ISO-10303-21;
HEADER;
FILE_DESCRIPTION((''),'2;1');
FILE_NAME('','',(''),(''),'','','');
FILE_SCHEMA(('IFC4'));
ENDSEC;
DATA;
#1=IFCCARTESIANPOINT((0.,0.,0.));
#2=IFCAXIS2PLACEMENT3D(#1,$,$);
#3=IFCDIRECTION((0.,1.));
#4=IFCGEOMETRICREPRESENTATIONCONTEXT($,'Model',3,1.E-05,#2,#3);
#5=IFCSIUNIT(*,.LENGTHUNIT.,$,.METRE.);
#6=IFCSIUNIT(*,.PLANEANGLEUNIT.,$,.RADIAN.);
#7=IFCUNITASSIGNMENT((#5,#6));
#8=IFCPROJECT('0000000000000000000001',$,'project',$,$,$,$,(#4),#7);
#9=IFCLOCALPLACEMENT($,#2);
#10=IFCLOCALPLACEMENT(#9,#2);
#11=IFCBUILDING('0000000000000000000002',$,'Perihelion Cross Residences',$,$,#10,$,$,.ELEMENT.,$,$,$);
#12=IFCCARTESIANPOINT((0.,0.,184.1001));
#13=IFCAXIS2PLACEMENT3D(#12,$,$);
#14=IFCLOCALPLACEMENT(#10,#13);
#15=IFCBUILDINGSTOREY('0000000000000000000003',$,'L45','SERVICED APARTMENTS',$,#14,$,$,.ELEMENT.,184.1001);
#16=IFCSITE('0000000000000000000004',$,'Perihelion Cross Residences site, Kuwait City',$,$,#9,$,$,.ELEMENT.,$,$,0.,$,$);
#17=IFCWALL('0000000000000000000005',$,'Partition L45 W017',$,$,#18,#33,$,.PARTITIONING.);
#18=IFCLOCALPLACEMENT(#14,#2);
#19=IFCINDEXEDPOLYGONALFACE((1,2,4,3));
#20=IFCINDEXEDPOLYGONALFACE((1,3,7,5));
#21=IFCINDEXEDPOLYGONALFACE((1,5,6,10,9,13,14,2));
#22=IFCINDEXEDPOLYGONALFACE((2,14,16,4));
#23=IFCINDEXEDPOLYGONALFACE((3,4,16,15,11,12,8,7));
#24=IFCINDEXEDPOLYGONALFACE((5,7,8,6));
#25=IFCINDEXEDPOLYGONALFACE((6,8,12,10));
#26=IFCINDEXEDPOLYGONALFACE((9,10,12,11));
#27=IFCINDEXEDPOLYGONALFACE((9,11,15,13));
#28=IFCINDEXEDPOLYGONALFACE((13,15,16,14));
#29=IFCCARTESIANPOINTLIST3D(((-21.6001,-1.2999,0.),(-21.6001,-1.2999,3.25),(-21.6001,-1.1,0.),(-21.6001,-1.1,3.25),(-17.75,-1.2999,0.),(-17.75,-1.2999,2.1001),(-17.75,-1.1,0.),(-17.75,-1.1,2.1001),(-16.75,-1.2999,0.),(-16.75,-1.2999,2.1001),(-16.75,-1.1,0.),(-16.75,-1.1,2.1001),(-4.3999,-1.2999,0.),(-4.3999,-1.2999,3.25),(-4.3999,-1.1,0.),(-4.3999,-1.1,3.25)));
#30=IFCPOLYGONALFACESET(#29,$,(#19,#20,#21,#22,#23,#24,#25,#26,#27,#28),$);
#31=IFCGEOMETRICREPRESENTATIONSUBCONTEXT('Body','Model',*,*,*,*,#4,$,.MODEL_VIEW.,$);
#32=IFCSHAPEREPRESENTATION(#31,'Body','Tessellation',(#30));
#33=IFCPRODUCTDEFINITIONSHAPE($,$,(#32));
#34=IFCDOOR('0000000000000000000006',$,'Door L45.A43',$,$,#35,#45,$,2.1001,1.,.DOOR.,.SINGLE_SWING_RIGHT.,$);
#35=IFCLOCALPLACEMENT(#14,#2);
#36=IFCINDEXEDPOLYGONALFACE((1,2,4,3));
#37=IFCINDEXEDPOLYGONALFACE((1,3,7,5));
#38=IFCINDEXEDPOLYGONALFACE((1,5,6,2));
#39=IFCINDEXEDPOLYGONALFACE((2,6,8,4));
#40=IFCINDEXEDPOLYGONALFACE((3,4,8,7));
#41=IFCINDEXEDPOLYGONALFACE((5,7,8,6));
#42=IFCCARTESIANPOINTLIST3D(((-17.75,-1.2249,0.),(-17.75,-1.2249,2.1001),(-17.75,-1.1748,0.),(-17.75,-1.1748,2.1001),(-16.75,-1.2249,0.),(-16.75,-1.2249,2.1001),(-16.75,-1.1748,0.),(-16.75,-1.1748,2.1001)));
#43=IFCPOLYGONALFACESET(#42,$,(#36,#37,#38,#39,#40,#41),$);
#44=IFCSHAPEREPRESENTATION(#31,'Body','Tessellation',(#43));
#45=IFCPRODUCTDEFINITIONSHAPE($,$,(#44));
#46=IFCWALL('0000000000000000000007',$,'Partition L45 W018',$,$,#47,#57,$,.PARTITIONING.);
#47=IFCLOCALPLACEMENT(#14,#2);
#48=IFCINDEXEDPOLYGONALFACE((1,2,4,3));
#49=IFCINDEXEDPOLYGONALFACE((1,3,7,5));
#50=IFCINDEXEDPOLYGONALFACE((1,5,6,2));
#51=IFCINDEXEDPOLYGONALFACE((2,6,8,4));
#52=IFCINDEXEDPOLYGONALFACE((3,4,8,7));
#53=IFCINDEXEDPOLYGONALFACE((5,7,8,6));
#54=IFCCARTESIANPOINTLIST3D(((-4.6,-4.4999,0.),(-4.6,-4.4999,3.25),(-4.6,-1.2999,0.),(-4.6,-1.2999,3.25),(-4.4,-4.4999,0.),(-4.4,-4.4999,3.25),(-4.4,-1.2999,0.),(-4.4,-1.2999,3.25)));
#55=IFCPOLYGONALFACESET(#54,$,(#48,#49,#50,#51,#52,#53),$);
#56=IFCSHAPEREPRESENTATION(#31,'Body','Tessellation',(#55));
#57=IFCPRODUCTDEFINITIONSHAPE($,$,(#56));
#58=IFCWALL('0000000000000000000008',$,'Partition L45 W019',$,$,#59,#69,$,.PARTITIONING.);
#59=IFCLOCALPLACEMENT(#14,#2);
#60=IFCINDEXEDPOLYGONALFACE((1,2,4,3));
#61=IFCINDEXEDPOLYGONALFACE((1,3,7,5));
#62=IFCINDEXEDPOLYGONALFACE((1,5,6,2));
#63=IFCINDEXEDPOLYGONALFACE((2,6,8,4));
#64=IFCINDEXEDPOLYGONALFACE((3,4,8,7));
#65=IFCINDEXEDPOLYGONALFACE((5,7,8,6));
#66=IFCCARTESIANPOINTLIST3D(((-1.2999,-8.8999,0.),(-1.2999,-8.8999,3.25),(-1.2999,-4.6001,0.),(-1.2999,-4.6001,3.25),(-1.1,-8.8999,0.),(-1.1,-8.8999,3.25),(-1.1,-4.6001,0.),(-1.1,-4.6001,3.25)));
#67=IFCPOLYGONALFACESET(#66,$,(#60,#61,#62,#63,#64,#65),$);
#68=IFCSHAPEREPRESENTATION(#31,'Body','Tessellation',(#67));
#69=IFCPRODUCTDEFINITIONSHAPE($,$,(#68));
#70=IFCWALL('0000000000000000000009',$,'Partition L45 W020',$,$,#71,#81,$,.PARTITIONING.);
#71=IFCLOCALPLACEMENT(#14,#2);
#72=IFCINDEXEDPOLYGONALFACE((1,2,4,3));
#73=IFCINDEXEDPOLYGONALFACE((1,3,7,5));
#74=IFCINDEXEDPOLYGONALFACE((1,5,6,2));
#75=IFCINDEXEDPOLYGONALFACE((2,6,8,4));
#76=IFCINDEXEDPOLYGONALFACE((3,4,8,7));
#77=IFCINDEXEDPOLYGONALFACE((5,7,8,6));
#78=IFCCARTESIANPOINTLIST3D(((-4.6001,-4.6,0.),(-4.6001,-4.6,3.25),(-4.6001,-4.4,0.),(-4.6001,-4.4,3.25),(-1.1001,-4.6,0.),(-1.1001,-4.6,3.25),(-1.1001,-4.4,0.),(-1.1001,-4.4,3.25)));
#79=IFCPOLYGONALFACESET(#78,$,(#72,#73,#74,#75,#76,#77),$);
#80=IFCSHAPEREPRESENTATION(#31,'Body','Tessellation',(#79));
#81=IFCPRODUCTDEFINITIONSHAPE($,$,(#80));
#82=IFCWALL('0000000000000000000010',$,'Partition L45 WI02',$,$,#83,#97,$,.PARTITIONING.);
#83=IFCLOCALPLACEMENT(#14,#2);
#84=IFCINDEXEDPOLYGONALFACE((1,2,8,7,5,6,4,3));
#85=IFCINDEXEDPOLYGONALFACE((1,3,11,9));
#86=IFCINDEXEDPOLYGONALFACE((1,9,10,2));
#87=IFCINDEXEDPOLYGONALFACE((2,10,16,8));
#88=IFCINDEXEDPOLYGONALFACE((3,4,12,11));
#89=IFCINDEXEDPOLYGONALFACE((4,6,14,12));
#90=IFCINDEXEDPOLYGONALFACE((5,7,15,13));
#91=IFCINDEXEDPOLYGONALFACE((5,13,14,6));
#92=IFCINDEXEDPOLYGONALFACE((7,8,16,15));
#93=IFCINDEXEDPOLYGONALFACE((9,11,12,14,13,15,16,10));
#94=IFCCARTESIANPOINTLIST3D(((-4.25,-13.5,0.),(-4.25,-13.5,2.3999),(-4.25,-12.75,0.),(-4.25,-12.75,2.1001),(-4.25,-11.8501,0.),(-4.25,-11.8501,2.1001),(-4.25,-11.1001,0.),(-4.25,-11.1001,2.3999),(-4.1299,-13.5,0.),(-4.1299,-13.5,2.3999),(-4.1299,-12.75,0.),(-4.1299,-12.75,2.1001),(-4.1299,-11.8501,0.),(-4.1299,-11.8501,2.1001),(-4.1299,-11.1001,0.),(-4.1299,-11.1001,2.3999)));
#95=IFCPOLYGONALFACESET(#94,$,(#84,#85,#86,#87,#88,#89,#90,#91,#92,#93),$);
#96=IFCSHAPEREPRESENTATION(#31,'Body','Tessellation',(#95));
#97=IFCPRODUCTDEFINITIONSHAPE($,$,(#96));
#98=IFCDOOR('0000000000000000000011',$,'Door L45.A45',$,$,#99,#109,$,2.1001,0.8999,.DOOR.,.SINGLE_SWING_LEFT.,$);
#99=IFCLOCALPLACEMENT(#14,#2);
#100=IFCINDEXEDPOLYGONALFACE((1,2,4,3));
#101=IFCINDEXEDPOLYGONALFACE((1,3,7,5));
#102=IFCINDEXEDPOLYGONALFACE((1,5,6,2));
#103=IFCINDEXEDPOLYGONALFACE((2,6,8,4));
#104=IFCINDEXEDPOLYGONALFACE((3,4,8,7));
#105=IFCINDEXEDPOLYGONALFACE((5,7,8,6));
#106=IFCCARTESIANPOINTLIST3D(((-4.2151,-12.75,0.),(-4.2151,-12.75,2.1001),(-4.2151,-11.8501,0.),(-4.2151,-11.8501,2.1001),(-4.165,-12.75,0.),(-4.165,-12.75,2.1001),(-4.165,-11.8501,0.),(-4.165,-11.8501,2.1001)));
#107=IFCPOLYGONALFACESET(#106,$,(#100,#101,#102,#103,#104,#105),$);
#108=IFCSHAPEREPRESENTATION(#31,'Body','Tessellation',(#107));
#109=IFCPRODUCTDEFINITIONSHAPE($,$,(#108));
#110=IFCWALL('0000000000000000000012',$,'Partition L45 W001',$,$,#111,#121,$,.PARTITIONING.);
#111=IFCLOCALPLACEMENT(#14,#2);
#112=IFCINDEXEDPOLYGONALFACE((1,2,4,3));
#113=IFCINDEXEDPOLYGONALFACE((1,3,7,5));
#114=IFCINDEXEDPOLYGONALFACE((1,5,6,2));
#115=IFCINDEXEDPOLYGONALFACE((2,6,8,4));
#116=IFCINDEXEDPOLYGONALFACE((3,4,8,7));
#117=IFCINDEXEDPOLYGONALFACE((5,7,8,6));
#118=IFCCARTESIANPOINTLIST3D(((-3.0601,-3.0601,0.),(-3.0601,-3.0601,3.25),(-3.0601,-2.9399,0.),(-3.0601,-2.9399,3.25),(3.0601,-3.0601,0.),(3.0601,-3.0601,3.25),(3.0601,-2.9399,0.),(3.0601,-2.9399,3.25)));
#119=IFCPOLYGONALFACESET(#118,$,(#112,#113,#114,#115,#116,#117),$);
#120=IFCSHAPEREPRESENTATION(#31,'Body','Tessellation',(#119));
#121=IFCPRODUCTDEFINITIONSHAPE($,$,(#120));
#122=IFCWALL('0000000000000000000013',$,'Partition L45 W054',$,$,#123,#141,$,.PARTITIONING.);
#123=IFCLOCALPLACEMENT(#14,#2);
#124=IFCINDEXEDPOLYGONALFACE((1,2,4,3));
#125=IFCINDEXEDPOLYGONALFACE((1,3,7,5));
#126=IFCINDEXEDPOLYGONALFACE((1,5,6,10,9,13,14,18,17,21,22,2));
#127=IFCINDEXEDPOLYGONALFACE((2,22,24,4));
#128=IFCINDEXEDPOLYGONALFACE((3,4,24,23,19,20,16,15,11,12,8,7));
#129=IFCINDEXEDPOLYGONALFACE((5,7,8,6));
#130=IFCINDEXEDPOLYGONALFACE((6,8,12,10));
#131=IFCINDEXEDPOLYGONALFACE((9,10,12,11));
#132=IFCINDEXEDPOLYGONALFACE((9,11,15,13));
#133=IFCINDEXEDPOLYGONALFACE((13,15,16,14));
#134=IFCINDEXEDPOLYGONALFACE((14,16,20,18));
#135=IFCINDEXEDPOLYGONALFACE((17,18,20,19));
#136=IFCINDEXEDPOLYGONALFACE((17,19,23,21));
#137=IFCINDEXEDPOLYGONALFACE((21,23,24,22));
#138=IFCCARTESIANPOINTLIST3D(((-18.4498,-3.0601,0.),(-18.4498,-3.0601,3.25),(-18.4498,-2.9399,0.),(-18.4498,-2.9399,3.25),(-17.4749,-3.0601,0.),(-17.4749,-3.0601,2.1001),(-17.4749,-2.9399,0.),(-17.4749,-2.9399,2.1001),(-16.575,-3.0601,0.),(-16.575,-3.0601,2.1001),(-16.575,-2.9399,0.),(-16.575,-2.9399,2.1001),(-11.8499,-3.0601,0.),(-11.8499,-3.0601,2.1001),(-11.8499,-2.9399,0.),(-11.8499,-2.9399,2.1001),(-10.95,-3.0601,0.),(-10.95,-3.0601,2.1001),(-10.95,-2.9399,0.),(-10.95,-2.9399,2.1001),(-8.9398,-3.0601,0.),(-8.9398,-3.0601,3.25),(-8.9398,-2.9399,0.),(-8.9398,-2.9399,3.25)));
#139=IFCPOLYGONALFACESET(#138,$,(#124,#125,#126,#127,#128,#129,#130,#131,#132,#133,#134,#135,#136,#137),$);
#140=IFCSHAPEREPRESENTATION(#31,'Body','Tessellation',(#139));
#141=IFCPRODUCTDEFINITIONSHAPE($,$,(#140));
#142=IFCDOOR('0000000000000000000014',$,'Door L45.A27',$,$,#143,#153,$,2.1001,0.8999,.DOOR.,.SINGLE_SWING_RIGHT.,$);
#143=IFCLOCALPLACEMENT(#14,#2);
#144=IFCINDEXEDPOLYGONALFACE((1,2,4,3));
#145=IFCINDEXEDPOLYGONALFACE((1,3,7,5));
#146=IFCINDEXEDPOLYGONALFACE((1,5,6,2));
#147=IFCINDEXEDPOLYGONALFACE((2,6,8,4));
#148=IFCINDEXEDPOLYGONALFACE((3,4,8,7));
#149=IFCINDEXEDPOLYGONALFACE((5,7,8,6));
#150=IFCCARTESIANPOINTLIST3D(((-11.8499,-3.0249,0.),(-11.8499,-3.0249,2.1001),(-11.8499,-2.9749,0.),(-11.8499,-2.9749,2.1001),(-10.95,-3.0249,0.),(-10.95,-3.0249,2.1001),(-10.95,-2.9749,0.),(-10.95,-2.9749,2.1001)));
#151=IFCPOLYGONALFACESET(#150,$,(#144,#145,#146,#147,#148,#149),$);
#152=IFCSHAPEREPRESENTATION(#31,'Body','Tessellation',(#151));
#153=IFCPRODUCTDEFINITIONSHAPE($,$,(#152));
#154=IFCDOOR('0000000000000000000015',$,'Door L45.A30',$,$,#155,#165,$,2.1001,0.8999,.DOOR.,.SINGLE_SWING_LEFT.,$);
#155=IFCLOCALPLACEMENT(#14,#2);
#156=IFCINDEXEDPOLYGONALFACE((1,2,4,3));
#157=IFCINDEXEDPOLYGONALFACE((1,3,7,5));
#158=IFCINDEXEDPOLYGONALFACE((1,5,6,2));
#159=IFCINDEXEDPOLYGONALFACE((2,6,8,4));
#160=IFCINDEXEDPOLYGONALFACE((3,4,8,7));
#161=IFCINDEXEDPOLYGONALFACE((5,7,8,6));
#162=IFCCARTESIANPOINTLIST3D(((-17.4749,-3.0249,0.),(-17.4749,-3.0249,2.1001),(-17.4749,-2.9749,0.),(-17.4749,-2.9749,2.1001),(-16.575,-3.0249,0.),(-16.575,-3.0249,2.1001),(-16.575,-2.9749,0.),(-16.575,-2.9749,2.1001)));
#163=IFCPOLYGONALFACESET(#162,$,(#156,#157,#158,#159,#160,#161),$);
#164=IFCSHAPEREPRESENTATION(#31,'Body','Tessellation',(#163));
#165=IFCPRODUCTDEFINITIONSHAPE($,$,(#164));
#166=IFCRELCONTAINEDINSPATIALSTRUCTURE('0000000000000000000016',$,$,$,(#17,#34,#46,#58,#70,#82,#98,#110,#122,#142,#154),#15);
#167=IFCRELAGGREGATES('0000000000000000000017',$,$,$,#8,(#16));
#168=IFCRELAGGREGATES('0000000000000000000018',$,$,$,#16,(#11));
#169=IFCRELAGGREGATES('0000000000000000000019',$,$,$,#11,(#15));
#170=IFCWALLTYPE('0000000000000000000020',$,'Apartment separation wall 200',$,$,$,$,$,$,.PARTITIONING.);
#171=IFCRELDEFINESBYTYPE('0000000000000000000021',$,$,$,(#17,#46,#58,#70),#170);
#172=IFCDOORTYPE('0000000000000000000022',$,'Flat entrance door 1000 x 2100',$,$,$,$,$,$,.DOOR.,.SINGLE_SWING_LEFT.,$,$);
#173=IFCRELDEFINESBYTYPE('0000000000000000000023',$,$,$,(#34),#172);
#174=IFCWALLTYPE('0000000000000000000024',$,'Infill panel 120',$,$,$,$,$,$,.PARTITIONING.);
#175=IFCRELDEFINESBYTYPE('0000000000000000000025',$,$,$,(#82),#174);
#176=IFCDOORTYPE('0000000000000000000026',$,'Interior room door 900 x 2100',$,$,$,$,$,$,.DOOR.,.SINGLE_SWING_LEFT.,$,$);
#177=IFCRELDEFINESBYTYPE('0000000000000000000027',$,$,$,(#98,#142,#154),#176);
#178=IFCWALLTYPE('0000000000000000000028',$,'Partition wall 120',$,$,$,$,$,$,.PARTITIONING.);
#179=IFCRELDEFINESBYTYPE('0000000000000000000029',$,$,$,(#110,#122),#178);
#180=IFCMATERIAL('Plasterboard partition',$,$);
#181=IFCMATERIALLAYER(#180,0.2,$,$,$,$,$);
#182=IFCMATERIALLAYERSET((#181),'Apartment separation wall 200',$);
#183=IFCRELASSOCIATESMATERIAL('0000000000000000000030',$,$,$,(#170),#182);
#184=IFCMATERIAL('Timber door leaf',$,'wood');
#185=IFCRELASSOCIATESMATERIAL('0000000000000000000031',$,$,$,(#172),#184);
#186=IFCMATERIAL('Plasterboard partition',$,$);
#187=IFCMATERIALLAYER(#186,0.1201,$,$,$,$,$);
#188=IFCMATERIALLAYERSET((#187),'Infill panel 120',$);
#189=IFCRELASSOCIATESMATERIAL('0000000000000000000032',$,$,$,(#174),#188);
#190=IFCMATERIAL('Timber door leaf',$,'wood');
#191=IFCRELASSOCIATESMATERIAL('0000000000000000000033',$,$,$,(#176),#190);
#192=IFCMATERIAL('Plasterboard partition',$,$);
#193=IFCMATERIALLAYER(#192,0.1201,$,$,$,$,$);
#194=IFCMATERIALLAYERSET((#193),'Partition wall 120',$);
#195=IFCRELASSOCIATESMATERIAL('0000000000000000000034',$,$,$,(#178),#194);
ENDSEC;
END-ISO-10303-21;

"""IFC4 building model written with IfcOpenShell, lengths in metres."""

from ifc_helpers import new_model, si_unit, direction, frame, frame_2d, origin, place, context, subcontext, project, spatial, rectangle, extrude, material, layer, layer_set, type_object, element, fill, save


model = new_model("IFC4")

# Units and contexts
model_context = context("Model", 3, precision=1e-05, world=origin(), true_north=direction((0.0, 1.0)))
body_context = subcontext(model_context, "Body", "Model", "MODEL_VIEW")
ifc_project = project(units=[si_unit("LENGTHUNIT", "METRE"), si_unit("PLANEANGLEUNIT", "RADIAN")], contexts=[model_context])

# Site, building, storey
site_placement = place(None, origin())
site = spatial("IfcSite", under=ifc_project, at=site_placement, Name="Perihelion Cross Residences site, Kuwait City", CompositionType="ELEMENT", RefElevation=0.0)
building_placement = place(site_placement, origin())
building = spatial("IfcBuilding", under=site, at=building_placement, Name="Perihelion Cross Residences", CompositionType="ELEMENT")
storey_placement = place(building_placement, frame((0.0, 0.0, 184.1001)))
storey = spatial("IfcBuildingStorey", under=building, at=storey_placement, Name="L45", Description="SERVICED APARTMENTS", CompositionType="ELEMENT", Elevation=184.1001)

# Wall, opening, door
ifc_material_1 = material(Name="Plasterboard partition")
ifc_layer_1 = layer(ifc_material_1, 0.2)
ifc_layer_set_1 = layer_set([ifc_layer_1], Name="Apartment separation wall 200")
wall_type_1 = type_object("IfcWallType", Name="Apartment separation wall 200", PredefinedType="PARTITIONING", material=ifc_layer_set_1)
wall_1_placement = place(storey_placement, frame((-4.3999, -1.2, 0.0), z_axis=(0.0, 0.0, 1.0), x_axis=(-1.0, 0.0, 0.0)))
wall_1 = element("IfcWall", 1, at=wall_1_placement, inside=storey, type_object=wall_type_1, Name="Partition L45 W017", PredefinedType="PARTITIONING", context=body_context, shape_type="SweptSolid", body=[
    extrude(rectangle(XDim=17.2002, YDim=0.2, at=frame_2d((8.6001, 0.0))), origin(), (0.0, 0.0, 1.0), 3.25),
])
opening_1_placement = place(wall_1_placement, frame((12.3501, 0.0, 0.0)))
opening_1 = element("IfcOpeningElement", 2, at=opening_1_placement, cuts=wall_1, PredefinedType="OPENING", context=body_context, shape_type="SweptSolid", body=[
    extrude(rectangle(XDim=1.0, YDim=2.1001, at=frame_2d((0.5, 1.05))), frame((0.0, 0.1099, 0.0), z_axis=(0.0, -1.0, 0.0), x_axis=(1.0, 0.0, 0.0)), (0.0, 0.0, 1.0), 0.22),
])
ifc_material_2 = material(Name="Timber door leaf", Category="wood")
door_type_1 = type_object("IfcDoorType", Name="Flat entrance door 1000 x 2100", OperationType="SINGLE_SWING_LEFT", PredefinedType="DOOR", material=ifc_material_2)
door_1_placement = place(opening_1_placement, origin())
door_1 = element("IfcDoor", 3, at=door_1_placement, inside=storey, type_object=door_type_1, Name="Door L45.A43", OperationType="SINGLE_SWING_RIGHT", OverallHeight=2.1001, OverallWidth=1.0, PredefinedType="DOOR", context=body_context, shape_type="SweptSolid", body=[
    extrude(rectangle(XDim=1.0, YDim=2.1001, at=frame_2d((0.5, 1.05))), frame((0.0, 0.0249, 0.0), z_axis=(0.0, -1.0, 0.0), x_axis=(1.0, 0.0, 0.0)), (0.0, 0.0, 1.0), 0.05),
])
fill(opening_1, door_1)

# Walls
wall_2_placement = place(storey_placement, frame((-4.5, -4.5, 0.0), z_axis=(0.0, 0.0, 1.0), x_axis=(0.0, 1.0, 0.0)))
element("IfcWall", 4, at=wall_2_placement, inside=storey, type_object=wall_type_1, Name="Partition L45 W018", PredefinedType="PARTITIONING", context=body_context, shape_type="SweptSolid", body=[
    extrude(rectangle(XDim=3.2, YDim=0.2, at=frame_2d((1.6001, 0.0))), origin(), (0.0, 0.0, 1.0), 3.25),
])
wall_3_placement = place(storey_placement, frame((-1.2, -8.8999, 0.0), z_axis=(0.0, 0.0, 1.0), x_axis=(0.0, 1.0, 0.0)))
element("IfcWall", 5, at=wall_3_placement, inside=storey, type_object=wall_type_1, Name="Partition L45 W019", PredefinedType="PARTITIONING", context=body_context, shape_type="SweptSolid", body=[
    extrude(rectangle(XDim=4.2998, YDim=0.2, at=frame_2d((2.1499, 0.0))), origin(), (0.0, 0.0, 1.0), 3.25),
])
wall_4_placement = place(storey_placement, frame((-1.1001, -4.5, 0.0), z_axis=(0.0, 0.0, 1.0), x_axis=(-1.0, 0.0, 0.0)))
element("IfcWall", 6, at=wall_4_placement, inside=storey, type_object=wall_type_1, Name="Partition L45 W020", PredefinedType="PARTITIONING", context=body_context, shape_type="SweptSolid", body=[
    extrude(rectangle(XDim=3.5, YDim=0.2, at=frame_2d((1.75, 0.0))), origin(), (0.0, 0.0, 1.0), 3.25),
])

# Wall, opening, door
ifc_material_3 = material(Name="Plasterboard partition")
ifc_layer_2 = layer(ifc_material_3, 0.1201)
ifc_layer_set_2 = layer_set([ifc_layer_2], Name="Infill panel 120")
wall_type_2 = type_object("IfcWallType", Name="Infill panel 120", PredefinedType="PARTITIONING", material=ifc_layer_set_2)
wall_5_placement = place(storey_placement, frame((-4.1899, -11.1001, 0.0), z_axis=(0.0, 0.0, 1.0), x_axis=(0.0, -1.0, 0.0)))
wall_5 = element("IfcWall", 7, at=wall_5_placement, inside=storey, type_object=wall_type_2, Name="Partition L45 WI02", PredefinedType="PARTITIONING", context=body_context, shape_type="SweptSolid", body=[
    extrude(rectangle(XDim=2.3999, YDim=0.1201, at=frame_2d((1.2, 0.0))), origin(), (0.0, 0.0, 1.0), 2.3999),
])
opening_2_placement = place(wall_5_placement, frame((0.75, 0.0, 0.0)))
opening_2 = element("IfcOpeningElement", 8, at=opening_2_placement, cuts=wall_5, PredefinedType="OPENING", context=body_context, shape_type="SweptSolid", body=[
    extrude(rectangle(XDim=0.8999, YDim=2.1001, at=frame_2d((0.45, 1.05))), frame((0.0, 0.0701, 0.0), z_axis=(0.0, -1.0, 0.0), x_axis=(1.0, 0.0, 0.0)), (0.0, 0.0, 1.0), 0.1401),
])
ifc_material_4 = material(Name="Timber door leaf", Category="wood")
door_type_2 = type_object("IfcDoorType", Name="Interior room door 900 x 2100", OperationType="SINGLE_SWING_LEFT", PredefinedType="DOOR", material=ifc_material_4)
door_2_placement = place(opening_2_placement, origin())
door_2 = element("IfcDoor", 9, at=door_2_placement, inside=storey, type_object=door_type_2, Name="Door L45.A45", OperationType="SINGLE_SWING_LEFT", OverallHeight=2.1001, OverallWidth=0.8999, PredefinedType="DOOR", context=body_context, shape_type="SweptSolid", body=[
    extrude(rectangle(XDim=0.8999, YDim=2.1001, at=frame_2d((0.45, 1.05))), frame((0.0, 0.0249, 0.0), z_axis=(0.0, -1.0, 0.0), x_axis=(1.0, 0.0, 0.0)), (0.0, 0.0, 1.0), 0.05),
])
fill(opening_2, door_2)

# Wall
ifc_material_5 = material(Name="Plasterboard partition")
ifc_layer_3 = layer(ifc_material_5, 0.1201)
ifc_layer_set_3 = layer_set([ifc_layer_3], Name="Partition wall 120")
wall_type_3 = type_object("IfcWallType", Name="Partition wall 120", PredefinedType="PARTITIONING", material=ifc_layer_set_3)
wall_6_placement = place(storey_placement, frame((-3.0601, -3.0, 0.0), z_axis=(0.0, 0.0, 1.0), x_axis=(1.0, 0.0, 0.0)))
element("IfcWall", 10, at=wall_6_placement, inside=storey, type_object=wall_type_3, Name="Partition L45 W001", PredefinedType="PARTITIONING", context=body_context, shape_type="SweptSolid", body=[
    extrude(rectangle(XDim=6.1201, YDim=0.1201, at=frame_2d((3.0601, 0.0))), origin(), (0.0, 0.0, 1.0), 3.25),
])

# Wall, openings, doors
wall_7_placement = place(storey_placement, frame((-8.9399, -3.0, 0.0), z_axis=(0.0, 0.0, 1.0), x_axis=(-1.0, 0.0, 0.0)))
wall_7 = element("IfcWall", 11, at=wall_7_placement, inside=storey, type_object=wall_type_3, Name="Partition L45 W054", PredefinedType="PARTITIONING", context=body_context, shape_type="SweptSolid", body=[
    extrude(rectangle(XDim=9.51, YDim=0.1201, at=frame_2d((4.7549, 0.0))), origin(), (0.0, 0.0, 1.0), 3.25),
])
opening_3_placement = place(wall_7_placement, frame((2.01, 0.0, 0.0)))
opening_3 = element("IfcOpeningElement", 12, at=opening_3_placement, cuts=wall_7, PredefinedType="OPENING", context=body_context, shape_type="SweptSolid", body=[
    extrude(rectangle(XDim=0.8999, YDim=2.1001, at=frame_2d((0.45, 1.05))), frame((0.0, 0.0701, 0.0), z_axis=(0.0, -1.0, 0.0), x_axis=(1.0, 0.0, 0.0)), (0.0, 0.0, 1.0), 0.1401),
])
opening_4_placement = place(wall_7_placement, frame((7.635, 0.0, 0.0)))
opening_4 = element("IfcOpeningElement", 13, at=opening_4_placement, cuts=wall_7, PredefinedType="OPENING", context=body_context, shape_type="SweptSolid", body=[
    extrude(rectangle(XDim=0.8999, YDim=2.1001, at=frame_2d((0.45, 1.05))), frame((0.0, 0.0701, 0.0), z_axis=(0.0, -1.0, 0.0), x_axis=(1.0, 0.0, 0.0)), (0.0, 0.0, 1.0), 0.1401),
])
door_3_placement = place(opening_3_placement, origin())
door_3 = element("IfcDoor", 14, at=door_3_placement, inside=storey, type_object=door_type_2, Name="Door L45.A27", OperationType="SINGLE_SWING_RIGHT", OverallHeight=2.1001, OverallWidth=0.8999, PredefinedType="DOOR", context=body_context, shape_type="SweptSolid", body=[
    extrude(rectangle(XDim=0.8999, YDim=2.1001, at=frame_2d((0.45, 1.05))), frame((0.0, 0.0249, 0.0), z_axis=(0.0, -1.0, 0.0), x_axis=(1.0, 0.0, 0.0)), (0.0, 0.0, 1.0), 0.05),
])
fill(opening_3, door_3)
door_4_placement = place(opening_4_placement, origin())
door_4 = element("IfcDoor", 15, at=door_4_placement, inside=storey, type_object=door_type_2, Name="Door L45.A30", OperationType="SINGLE_SWING_LEFT", OverallHeight=2.1001, OverallWidth=0.8999, PredefinedType="DOOR", context=body_context, shape_type="SweptSolid", body=[
    extrude(rectangle(XDim=0.8999, YDim=2.1001, at=frame_2d((0.45, 1.05))), frame((0.0, 0.0249, 0.0), z_axis=(0.0, -1.0, 0.0), x_axis=(1.0, 0.0, 0.0)), (0.0, 0.0, 1.0), 0.05),
])
fill(opening_4, door_4)

save(model, "model.ifc")
